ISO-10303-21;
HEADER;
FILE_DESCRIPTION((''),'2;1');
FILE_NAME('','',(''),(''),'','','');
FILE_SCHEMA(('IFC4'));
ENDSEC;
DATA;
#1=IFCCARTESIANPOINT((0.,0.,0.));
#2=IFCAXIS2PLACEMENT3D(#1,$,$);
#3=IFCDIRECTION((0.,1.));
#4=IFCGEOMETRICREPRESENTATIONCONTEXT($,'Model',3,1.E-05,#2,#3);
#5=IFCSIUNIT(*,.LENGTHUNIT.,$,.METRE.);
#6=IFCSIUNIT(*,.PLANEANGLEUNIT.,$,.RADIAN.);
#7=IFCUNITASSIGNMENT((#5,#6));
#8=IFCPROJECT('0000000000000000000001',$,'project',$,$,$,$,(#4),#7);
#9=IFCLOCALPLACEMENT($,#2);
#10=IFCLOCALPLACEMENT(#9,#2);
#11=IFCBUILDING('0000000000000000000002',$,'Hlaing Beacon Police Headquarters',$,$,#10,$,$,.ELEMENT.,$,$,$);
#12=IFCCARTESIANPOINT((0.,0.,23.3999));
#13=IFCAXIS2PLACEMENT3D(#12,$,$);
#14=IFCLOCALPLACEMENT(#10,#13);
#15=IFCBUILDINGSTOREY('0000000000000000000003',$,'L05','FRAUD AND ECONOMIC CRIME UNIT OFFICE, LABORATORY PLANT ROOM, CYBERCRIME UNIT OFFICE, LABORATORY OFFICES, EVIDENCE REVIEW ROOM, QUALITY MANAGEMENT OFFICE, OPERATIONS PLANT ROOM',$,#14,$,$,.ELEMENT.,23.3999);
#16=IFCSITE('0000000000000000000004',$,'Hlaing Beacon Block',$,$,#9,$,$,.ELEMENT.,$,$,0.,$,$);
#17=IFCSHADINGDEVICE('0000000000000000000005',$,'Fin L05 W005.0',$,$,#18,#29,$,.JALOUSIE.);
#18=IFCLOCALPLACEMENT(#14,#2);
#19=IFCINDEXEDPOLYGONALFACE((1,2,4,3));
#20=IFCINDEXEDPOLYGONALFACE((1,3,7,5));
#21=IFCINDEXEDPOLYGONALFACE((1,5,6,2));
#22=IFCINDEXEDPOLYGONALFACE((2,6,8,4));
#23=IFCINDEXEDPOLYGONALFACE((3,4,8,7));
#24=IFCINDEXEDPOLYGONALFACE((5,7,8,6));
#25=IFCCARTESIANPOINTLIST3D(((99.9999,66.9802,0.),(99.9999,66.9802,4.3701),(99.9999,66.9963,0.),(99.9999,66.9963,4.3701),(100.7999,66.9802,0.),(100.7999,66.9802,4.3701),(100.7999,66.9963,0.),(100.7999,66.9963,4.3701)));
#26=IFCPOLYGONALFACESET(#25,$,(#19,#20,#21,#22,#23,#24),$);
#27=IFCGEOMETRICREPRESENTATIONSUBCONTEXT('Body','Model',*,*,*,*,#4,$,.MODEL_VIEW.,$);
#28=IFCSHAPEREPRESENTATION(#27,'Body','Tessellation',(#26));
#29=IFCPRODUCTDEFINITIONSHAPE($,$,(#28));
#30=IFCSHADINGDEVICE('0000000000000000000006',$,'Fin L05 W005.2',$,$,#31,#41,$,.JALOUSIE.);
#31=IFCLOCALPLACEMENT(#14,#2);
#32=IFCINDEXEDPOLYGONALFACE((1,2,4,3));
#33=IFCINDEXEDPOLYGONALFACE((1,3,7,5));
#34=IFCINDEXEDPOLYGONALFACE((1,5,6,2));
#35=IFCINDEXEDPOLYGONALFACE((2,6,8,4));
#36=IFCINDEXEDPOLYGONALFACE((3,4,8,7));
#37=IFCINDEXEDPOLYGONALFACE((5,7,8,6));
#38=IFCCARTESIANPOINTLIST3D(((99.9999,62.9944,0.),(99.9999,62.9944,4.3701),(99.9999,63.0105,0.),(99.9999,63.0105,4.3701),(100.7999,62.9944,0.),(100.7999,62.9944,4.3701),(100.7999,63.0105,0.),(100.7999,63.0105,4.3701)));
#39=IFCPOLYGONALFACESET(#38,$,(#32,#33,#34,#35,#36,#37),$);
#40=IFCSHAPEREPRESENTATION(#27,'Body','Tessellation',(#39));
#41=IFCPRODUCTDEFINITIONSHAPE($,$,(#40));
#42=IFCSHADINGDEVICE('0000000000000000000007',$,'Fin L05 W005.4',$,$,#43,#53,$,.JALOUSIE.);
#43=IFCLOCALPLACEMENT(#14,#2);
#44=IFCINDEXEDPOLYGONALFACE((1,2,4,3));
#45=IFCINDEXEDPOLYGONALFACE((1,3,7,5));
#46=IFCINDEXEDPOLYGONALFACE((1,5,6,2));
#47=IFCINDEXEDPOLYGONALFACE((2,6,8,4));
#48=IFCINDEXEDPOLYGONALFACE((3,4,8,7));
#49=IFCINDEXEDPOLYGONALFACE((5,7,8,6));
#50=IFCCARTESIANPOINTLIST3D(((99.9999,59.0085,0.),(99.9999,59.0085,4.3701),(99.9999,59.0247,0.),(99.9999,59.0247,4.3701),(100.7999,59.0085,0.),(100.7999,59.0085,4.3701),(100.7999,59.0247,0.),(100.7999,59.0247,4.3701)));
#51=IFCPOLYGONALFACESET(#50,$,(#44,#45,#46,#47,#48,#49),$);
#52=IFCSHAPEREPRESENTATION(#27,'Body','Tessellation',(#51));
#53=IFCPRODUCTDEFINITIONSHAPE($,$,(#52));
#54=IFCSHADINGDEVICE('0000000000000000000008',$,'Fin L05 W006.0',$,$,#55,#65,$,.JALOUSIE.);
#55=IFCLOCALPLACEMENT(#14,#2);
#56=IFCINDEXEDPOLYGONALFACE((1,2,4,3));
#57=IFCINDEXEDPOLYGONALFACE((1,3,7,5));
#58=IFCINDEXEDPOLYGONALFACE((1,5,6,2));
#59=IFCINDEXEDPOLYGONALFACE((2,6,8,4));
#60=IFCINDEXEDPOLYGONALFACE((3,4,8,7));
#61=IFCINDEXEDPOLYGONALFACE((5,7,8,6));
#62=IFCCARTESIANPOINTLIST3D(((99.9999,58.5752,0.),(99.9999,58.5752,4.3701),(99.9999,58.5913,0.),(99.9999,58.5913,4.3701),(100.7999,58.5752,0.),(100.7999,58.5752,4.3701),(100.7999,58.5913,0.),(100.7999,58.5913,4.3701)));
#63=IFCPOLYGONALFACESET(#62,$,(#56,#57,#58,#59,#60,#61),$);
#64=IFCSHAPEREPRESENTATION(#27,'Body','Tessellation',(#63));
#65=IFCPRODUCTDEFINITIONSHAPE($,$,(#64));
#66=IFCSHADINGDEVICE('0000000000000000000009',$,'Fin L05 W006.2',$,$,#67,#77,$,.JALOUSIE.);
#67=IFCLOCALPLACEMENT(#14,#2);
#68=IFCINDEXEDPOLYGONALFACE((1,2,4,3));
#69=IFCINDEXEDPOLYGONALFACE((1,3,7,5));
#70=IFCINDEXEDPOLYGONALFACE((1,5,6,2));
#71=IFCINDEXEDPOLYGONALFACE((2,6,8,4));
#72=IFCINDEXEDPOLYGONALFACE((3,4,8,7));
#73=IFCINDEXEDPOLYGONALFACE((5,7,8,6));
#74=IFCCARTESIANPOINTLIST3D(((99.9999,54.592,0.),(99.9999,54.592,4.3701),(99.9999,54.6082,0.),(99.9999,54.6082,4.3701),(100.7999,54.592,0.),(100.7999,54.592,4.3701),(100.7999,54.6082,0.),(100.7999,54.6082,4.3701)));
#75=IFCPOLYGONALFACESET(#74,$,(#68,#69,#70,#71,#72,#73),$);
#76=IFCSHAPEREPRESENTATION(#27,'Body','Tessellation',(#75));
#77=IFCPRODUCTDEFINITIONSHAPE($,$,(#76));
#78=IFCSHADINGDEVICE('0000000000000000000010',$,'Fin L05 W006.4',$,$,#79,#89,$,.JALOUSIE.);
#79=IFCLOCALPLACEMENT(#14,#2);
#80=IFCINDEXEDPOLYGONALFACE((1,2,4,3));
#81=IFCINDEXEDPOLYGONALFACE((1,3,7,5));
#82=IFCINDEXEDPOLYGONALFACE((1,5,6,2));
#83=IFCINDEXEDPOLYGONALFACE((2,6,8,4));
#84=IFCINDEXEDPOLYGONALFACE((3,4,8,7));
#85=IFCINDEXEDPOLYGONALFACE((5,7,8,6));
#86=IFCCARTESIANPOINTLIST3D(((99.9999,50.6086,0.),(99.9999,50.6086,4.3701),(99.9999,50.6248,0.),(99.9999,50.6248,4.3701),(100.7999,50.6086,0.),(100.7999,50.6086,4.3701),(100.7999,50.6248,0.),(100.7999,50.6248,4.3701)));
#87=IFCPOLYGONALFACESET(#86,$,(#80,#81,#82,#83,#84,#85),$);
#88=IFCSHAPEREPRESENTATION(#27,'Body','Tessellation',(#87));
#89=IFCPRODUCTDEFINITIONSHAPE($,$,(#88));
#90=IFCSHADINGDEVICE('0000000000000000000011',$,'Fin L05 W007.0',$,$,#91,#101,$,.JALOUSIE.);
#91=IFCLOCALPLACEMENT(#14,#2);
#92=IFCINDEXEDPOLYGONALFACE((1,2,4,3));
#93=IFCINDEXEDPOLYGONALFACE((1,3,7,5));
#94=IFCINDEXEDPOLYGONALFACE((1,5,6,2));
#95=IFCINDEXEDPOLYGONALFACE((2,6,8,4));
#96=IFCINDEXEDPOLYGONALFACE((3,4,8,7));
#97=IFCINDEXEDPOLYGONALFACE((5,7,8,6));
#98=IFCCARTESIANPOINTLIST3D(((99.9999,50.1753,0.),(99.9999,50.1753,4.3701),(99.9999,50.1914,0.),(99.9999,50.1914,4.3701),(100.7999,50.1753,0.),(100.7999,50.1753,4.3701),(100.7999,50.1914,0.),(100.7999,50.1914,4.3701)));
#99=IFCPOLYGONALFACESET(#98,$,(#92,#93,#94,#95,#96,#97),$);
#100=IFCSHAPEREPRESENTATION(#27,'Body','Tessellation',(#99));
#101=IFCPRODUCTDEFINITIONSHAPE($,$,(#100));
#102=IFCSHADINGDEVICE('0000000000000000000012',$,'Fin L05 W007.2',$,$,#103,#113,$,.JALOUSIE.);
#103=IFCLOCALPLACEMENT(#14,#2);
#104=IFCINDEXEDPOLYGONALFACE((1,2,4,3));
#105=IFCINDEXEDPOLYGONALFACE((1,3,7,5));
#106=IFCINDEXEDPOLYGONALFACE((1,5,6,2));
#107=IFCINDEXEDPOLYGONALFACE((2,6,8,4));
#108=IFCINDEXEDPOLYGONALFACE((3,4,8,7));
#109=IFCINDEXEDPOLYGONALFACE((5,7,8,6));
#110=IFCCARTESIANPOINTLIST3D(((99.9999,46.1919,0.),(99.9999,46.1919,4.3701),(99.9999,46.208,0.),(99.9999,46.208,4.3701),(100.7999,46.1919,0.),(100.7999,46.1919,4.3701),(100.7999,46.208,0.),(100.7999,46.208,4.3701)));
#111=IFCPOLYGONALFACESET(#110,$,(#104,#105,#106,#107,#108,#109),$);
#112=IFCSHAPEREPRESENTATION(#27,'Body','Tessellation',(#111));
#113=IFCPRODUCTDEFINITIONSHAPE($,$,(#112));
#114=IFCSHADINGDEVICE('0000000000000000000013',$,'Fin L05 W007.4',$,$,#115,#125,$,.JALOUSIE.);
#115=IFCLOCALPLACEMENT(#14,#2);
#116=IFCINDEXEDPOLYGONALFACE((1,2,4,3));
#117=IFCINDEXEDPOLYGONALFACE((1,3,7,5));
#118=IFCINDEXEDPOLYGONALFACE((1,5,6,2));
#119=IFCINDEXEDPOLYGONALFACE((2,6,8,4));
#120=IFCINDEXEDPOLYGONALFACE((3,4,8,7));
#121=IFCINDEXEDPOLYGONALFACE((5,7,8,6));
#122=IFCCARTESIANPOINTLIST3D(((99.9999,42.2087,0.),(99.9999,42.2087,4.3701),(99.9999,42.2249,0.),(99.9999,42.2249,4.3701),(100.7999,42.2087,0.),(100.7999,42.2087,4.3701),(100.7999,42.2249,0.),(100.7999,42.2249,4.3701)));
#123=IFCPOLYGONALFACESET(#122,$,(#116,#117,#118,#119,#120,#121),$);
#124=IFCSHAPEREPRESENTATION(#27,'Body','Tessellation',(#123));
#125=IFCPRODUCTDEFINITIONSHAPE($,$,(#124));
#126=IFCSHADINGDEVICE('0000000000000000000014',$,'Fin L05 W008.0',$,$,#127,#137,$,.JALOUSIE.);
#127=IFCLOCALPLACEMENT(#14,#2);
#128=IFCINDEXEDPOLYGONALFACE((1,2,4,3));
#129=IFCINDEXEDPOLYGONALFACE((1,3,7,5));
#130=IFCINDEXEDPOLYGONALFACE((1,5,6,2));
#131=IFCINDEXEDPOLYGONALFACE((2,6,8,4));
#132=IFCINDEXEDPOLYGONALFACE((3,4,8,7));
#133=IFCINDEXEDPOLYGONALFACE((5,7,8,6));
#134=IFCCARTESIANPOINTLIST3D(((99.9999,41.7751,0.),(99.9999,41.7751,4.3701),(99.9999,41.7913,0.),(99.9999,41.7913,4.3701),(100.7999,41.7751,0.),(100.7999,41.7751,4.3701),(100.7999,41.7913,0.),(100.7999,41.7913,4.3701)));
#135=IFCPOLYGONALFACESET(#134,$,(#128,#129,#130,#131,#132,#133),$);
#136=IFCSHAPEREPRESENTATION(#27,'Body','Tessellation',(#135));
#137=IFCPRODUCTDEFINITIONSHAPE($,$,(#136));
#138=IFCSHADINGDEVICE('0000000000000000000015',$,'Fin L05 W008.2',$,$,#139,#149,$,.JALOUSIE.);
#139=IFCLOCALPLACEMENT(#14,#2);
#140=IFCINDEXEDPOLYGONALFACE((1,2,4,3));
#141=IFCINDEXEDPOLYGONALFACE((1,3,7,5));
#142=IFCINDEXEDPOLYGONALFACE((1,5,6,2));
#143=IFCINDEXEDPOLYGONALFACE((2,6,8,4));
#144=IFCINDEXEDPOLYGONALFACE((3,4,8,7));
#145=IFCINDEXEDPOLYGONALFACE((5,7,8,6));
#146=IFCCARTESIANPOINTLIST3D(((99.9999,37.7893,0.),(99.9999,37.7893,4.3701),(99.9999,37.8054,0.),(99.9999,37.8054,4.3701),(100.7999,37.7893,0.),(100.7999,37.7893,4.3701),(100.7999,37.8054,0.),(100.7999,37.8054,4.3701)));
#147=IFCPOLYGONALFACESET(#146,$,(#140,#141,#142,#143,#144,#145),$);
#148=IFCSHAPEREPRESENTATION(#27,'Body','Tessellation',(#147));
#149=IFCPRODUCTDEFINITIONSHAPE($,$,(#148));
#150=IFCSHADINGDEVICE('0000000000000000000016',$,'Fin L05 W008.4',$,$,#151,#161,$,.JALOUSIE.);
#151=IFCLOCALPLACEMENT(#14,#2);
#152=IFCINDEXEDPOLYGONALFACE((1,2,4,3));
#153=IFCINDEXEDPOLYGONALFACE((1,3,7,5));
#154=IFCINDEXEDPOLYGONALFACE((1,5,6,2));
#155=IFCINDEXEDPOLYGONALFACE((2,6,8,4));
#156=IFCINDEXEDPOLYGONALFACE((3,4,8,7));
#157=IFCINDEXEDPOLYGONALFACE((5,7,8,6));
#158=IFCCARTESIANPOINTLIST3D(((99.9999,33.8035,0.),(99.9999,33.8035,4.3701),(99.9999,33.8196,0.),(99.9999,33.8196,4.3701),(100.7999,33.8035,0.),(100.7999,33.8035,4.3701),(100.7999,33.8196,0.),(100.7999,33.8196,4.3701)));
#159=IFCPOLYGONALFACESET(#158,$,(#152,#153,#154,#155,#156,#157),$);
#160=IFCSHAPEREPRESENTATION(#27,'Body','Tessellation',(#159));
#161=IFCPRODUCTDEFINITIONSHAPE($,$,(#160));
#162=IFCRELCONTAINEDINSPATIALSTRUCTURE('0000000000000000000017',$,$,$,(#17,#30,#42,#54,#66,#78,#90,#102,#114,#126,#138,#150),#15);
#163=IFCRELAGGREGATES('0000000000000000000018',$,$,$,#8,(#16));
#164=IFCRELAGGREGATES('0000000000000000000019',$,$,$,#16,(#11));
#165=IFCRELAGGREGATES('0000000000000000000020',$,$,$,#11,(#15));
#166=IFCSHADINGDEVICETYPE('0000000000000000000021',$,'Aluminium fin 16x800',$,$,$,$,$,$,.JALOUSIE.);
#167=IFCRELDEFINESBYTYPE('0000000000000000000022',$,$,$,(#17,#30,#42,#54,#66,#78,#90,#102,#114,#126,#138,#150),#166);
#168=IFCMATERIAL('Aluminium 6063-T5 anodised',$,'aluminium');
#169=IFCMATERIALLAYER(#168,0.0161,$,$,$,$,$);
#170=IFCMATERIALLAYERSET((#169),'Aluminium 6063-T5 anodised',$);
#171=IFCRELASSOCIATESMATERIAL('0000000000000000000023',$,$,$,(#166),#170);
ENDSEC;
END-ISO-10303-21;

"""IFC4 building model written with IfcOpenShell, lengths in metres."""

from ifc_helpers import new_model, si_unit, direction, frame, origin, origin_2d, place, context, subcontext, project, spatial, rectangle, extrude, material, layer, layer_set, type_object, element, save


model = new_model("IFC4")

# Units and contexts
model_context = context("Model", 3, precision=1e-05, world=origin(), true_north=direction((0.0, 1.0)))
body_context = subcontext(model_context, "Body", "Model", "MODEL_VIEW")
ifc_project = project(units=[si_unit("LENGTHUNIT", "METRE"), si_unit("PLANEANGLEUNIT", "RADIAN")], contexts=[model_context])

# Site, building, storey
site_placement = place(None, origin())
site = spatial("IfcSite", under=ifc_project, at=site_placement, Name="Hlaing Beacon Block", CompositionType="ELEMENT", RefElevation=0.0)
building_placement = place(site_placement, origin())
building = spatial("IfcBuilding", under=site, at=building_placement, Name="Hlaing Beacon Police Headquarters", CompositionType="ELEMENT")
storey_placement = place(building_placement, frame((0.0, 0.0, 23.3999)))
storey = spatial("IfcBuildingStorey", under=building, at=storey_placement, Name="L05", Description="FRAUD AND ECONOMIC CRIME UNIT OFFICE, LABORATORY PLANT ROOM, CYBERCRIME UNIT OFFICE, LABORATORY OFFICES, EVIDENCE REVIEW ROOM, QUALITY MANAGEMENT OFFICE, OPERATIONS PLANT ROOM", CompositionType="ELEMENT", Elevation=23.3999)

# Shading devices
ifc_material_1 = material(Name="Aluminium 6063-T5 anodised", Category="aluminium")
ifc_layer_1 = layer(ifc_material_1, 0.0161)
ifc_layer_set_1 = layer_set([ifc_layer_1], Name="Aluminium 6063-T5 anodised")
shading_device_type = type_object("IfcShadingDeviceType", Name="Aluminium fin 16x800", PredefinedType="JALOUSIE", material=ifc_layer_set_1)
for number, where, z_axis, x_axis, name in (
    (1, (100.3999, 66.9883, 0.0), (0.0, 0.0, 1.0), (0.0, -1.0, 0.0), "Fin L05 W005.0"),
    (2, (100.3999, 63.0024, 0.0), (0.0, 0.0, 1.0), (0.0, -1.0, 0.0), "Fin L05 W005.2"),
    (3, (100.3999, 59.0166, 0.0), (0.0, 0.0, 1.0), (0.0, -1.0, 0.0), "Fin L05 W005.4"),
    (4, (100.3999, 58.5833, 0.0), (0.0, 0.0, 1.0), (0.0, -1.0, 0.0), "Fin L05 W006.0"),
    (5, (100.3999, 54.6001, 0.0), (0.0, 0.0, 1.0), (0.0, -1.0, 0.0), "Fin L05 W006.2"),
    (6, (100.3999, 50.6167, 0.0), (0.0, 0.0, 1.0), (0.0, -1.0, 0.0), "Fin L05 W006.4"),
    (7, (100.3999, 50.1833, 0.0), (0.0, 0.0, 1.0), (0.0, -1.0, 0.0), "Fin L05 W007.0"),
    (8, (100.3999, 46.2, 0.0), (0.0, 0.0, 1.0), (0.0, -1.0, 0.0), "Fin L05 W007.2"),
    (9, (100.3999, 42.2168, 0.0), (0.0, 0.0, 1.0), (0.0, -1.0, 0.0), "Fin L05 W007.4"),
    (10, (100.3999, 41.7832, 0.0), (0.0, 0.0, 1.0), (0.0, -1.0, 0.0), "Fin L05 W008.0"),
    (11, (100.3999, 37.7974, 0.0), (0.0, 0.0, 1.0), (0.0, -1.0, 0.0), "Fin L05 W008.2"),
    (12, (100.3999, 33.8115, 0.0), (0.0, 0.0, 1.0), (0.0, -1.0, 0.0), "Fin L05 W008.4"),
):
    element("IfcShadingDevice", number, at=place(storey_placement, frame(where, z_axis=z_axis, x_axis=x_axis)), inside=storey, type_object=shading_device_type, Name=name, PredefinedType="JALOUSIE", context=body_context, shape_type="SweptSolid", body=[
        extrude(rectangle(XDim=0.0161, YDim=0.8, at=origin_2d()), origin(), (0.0, 0.0, 1.0), 4.3701),
    ])

save(model, "model.ifc")
